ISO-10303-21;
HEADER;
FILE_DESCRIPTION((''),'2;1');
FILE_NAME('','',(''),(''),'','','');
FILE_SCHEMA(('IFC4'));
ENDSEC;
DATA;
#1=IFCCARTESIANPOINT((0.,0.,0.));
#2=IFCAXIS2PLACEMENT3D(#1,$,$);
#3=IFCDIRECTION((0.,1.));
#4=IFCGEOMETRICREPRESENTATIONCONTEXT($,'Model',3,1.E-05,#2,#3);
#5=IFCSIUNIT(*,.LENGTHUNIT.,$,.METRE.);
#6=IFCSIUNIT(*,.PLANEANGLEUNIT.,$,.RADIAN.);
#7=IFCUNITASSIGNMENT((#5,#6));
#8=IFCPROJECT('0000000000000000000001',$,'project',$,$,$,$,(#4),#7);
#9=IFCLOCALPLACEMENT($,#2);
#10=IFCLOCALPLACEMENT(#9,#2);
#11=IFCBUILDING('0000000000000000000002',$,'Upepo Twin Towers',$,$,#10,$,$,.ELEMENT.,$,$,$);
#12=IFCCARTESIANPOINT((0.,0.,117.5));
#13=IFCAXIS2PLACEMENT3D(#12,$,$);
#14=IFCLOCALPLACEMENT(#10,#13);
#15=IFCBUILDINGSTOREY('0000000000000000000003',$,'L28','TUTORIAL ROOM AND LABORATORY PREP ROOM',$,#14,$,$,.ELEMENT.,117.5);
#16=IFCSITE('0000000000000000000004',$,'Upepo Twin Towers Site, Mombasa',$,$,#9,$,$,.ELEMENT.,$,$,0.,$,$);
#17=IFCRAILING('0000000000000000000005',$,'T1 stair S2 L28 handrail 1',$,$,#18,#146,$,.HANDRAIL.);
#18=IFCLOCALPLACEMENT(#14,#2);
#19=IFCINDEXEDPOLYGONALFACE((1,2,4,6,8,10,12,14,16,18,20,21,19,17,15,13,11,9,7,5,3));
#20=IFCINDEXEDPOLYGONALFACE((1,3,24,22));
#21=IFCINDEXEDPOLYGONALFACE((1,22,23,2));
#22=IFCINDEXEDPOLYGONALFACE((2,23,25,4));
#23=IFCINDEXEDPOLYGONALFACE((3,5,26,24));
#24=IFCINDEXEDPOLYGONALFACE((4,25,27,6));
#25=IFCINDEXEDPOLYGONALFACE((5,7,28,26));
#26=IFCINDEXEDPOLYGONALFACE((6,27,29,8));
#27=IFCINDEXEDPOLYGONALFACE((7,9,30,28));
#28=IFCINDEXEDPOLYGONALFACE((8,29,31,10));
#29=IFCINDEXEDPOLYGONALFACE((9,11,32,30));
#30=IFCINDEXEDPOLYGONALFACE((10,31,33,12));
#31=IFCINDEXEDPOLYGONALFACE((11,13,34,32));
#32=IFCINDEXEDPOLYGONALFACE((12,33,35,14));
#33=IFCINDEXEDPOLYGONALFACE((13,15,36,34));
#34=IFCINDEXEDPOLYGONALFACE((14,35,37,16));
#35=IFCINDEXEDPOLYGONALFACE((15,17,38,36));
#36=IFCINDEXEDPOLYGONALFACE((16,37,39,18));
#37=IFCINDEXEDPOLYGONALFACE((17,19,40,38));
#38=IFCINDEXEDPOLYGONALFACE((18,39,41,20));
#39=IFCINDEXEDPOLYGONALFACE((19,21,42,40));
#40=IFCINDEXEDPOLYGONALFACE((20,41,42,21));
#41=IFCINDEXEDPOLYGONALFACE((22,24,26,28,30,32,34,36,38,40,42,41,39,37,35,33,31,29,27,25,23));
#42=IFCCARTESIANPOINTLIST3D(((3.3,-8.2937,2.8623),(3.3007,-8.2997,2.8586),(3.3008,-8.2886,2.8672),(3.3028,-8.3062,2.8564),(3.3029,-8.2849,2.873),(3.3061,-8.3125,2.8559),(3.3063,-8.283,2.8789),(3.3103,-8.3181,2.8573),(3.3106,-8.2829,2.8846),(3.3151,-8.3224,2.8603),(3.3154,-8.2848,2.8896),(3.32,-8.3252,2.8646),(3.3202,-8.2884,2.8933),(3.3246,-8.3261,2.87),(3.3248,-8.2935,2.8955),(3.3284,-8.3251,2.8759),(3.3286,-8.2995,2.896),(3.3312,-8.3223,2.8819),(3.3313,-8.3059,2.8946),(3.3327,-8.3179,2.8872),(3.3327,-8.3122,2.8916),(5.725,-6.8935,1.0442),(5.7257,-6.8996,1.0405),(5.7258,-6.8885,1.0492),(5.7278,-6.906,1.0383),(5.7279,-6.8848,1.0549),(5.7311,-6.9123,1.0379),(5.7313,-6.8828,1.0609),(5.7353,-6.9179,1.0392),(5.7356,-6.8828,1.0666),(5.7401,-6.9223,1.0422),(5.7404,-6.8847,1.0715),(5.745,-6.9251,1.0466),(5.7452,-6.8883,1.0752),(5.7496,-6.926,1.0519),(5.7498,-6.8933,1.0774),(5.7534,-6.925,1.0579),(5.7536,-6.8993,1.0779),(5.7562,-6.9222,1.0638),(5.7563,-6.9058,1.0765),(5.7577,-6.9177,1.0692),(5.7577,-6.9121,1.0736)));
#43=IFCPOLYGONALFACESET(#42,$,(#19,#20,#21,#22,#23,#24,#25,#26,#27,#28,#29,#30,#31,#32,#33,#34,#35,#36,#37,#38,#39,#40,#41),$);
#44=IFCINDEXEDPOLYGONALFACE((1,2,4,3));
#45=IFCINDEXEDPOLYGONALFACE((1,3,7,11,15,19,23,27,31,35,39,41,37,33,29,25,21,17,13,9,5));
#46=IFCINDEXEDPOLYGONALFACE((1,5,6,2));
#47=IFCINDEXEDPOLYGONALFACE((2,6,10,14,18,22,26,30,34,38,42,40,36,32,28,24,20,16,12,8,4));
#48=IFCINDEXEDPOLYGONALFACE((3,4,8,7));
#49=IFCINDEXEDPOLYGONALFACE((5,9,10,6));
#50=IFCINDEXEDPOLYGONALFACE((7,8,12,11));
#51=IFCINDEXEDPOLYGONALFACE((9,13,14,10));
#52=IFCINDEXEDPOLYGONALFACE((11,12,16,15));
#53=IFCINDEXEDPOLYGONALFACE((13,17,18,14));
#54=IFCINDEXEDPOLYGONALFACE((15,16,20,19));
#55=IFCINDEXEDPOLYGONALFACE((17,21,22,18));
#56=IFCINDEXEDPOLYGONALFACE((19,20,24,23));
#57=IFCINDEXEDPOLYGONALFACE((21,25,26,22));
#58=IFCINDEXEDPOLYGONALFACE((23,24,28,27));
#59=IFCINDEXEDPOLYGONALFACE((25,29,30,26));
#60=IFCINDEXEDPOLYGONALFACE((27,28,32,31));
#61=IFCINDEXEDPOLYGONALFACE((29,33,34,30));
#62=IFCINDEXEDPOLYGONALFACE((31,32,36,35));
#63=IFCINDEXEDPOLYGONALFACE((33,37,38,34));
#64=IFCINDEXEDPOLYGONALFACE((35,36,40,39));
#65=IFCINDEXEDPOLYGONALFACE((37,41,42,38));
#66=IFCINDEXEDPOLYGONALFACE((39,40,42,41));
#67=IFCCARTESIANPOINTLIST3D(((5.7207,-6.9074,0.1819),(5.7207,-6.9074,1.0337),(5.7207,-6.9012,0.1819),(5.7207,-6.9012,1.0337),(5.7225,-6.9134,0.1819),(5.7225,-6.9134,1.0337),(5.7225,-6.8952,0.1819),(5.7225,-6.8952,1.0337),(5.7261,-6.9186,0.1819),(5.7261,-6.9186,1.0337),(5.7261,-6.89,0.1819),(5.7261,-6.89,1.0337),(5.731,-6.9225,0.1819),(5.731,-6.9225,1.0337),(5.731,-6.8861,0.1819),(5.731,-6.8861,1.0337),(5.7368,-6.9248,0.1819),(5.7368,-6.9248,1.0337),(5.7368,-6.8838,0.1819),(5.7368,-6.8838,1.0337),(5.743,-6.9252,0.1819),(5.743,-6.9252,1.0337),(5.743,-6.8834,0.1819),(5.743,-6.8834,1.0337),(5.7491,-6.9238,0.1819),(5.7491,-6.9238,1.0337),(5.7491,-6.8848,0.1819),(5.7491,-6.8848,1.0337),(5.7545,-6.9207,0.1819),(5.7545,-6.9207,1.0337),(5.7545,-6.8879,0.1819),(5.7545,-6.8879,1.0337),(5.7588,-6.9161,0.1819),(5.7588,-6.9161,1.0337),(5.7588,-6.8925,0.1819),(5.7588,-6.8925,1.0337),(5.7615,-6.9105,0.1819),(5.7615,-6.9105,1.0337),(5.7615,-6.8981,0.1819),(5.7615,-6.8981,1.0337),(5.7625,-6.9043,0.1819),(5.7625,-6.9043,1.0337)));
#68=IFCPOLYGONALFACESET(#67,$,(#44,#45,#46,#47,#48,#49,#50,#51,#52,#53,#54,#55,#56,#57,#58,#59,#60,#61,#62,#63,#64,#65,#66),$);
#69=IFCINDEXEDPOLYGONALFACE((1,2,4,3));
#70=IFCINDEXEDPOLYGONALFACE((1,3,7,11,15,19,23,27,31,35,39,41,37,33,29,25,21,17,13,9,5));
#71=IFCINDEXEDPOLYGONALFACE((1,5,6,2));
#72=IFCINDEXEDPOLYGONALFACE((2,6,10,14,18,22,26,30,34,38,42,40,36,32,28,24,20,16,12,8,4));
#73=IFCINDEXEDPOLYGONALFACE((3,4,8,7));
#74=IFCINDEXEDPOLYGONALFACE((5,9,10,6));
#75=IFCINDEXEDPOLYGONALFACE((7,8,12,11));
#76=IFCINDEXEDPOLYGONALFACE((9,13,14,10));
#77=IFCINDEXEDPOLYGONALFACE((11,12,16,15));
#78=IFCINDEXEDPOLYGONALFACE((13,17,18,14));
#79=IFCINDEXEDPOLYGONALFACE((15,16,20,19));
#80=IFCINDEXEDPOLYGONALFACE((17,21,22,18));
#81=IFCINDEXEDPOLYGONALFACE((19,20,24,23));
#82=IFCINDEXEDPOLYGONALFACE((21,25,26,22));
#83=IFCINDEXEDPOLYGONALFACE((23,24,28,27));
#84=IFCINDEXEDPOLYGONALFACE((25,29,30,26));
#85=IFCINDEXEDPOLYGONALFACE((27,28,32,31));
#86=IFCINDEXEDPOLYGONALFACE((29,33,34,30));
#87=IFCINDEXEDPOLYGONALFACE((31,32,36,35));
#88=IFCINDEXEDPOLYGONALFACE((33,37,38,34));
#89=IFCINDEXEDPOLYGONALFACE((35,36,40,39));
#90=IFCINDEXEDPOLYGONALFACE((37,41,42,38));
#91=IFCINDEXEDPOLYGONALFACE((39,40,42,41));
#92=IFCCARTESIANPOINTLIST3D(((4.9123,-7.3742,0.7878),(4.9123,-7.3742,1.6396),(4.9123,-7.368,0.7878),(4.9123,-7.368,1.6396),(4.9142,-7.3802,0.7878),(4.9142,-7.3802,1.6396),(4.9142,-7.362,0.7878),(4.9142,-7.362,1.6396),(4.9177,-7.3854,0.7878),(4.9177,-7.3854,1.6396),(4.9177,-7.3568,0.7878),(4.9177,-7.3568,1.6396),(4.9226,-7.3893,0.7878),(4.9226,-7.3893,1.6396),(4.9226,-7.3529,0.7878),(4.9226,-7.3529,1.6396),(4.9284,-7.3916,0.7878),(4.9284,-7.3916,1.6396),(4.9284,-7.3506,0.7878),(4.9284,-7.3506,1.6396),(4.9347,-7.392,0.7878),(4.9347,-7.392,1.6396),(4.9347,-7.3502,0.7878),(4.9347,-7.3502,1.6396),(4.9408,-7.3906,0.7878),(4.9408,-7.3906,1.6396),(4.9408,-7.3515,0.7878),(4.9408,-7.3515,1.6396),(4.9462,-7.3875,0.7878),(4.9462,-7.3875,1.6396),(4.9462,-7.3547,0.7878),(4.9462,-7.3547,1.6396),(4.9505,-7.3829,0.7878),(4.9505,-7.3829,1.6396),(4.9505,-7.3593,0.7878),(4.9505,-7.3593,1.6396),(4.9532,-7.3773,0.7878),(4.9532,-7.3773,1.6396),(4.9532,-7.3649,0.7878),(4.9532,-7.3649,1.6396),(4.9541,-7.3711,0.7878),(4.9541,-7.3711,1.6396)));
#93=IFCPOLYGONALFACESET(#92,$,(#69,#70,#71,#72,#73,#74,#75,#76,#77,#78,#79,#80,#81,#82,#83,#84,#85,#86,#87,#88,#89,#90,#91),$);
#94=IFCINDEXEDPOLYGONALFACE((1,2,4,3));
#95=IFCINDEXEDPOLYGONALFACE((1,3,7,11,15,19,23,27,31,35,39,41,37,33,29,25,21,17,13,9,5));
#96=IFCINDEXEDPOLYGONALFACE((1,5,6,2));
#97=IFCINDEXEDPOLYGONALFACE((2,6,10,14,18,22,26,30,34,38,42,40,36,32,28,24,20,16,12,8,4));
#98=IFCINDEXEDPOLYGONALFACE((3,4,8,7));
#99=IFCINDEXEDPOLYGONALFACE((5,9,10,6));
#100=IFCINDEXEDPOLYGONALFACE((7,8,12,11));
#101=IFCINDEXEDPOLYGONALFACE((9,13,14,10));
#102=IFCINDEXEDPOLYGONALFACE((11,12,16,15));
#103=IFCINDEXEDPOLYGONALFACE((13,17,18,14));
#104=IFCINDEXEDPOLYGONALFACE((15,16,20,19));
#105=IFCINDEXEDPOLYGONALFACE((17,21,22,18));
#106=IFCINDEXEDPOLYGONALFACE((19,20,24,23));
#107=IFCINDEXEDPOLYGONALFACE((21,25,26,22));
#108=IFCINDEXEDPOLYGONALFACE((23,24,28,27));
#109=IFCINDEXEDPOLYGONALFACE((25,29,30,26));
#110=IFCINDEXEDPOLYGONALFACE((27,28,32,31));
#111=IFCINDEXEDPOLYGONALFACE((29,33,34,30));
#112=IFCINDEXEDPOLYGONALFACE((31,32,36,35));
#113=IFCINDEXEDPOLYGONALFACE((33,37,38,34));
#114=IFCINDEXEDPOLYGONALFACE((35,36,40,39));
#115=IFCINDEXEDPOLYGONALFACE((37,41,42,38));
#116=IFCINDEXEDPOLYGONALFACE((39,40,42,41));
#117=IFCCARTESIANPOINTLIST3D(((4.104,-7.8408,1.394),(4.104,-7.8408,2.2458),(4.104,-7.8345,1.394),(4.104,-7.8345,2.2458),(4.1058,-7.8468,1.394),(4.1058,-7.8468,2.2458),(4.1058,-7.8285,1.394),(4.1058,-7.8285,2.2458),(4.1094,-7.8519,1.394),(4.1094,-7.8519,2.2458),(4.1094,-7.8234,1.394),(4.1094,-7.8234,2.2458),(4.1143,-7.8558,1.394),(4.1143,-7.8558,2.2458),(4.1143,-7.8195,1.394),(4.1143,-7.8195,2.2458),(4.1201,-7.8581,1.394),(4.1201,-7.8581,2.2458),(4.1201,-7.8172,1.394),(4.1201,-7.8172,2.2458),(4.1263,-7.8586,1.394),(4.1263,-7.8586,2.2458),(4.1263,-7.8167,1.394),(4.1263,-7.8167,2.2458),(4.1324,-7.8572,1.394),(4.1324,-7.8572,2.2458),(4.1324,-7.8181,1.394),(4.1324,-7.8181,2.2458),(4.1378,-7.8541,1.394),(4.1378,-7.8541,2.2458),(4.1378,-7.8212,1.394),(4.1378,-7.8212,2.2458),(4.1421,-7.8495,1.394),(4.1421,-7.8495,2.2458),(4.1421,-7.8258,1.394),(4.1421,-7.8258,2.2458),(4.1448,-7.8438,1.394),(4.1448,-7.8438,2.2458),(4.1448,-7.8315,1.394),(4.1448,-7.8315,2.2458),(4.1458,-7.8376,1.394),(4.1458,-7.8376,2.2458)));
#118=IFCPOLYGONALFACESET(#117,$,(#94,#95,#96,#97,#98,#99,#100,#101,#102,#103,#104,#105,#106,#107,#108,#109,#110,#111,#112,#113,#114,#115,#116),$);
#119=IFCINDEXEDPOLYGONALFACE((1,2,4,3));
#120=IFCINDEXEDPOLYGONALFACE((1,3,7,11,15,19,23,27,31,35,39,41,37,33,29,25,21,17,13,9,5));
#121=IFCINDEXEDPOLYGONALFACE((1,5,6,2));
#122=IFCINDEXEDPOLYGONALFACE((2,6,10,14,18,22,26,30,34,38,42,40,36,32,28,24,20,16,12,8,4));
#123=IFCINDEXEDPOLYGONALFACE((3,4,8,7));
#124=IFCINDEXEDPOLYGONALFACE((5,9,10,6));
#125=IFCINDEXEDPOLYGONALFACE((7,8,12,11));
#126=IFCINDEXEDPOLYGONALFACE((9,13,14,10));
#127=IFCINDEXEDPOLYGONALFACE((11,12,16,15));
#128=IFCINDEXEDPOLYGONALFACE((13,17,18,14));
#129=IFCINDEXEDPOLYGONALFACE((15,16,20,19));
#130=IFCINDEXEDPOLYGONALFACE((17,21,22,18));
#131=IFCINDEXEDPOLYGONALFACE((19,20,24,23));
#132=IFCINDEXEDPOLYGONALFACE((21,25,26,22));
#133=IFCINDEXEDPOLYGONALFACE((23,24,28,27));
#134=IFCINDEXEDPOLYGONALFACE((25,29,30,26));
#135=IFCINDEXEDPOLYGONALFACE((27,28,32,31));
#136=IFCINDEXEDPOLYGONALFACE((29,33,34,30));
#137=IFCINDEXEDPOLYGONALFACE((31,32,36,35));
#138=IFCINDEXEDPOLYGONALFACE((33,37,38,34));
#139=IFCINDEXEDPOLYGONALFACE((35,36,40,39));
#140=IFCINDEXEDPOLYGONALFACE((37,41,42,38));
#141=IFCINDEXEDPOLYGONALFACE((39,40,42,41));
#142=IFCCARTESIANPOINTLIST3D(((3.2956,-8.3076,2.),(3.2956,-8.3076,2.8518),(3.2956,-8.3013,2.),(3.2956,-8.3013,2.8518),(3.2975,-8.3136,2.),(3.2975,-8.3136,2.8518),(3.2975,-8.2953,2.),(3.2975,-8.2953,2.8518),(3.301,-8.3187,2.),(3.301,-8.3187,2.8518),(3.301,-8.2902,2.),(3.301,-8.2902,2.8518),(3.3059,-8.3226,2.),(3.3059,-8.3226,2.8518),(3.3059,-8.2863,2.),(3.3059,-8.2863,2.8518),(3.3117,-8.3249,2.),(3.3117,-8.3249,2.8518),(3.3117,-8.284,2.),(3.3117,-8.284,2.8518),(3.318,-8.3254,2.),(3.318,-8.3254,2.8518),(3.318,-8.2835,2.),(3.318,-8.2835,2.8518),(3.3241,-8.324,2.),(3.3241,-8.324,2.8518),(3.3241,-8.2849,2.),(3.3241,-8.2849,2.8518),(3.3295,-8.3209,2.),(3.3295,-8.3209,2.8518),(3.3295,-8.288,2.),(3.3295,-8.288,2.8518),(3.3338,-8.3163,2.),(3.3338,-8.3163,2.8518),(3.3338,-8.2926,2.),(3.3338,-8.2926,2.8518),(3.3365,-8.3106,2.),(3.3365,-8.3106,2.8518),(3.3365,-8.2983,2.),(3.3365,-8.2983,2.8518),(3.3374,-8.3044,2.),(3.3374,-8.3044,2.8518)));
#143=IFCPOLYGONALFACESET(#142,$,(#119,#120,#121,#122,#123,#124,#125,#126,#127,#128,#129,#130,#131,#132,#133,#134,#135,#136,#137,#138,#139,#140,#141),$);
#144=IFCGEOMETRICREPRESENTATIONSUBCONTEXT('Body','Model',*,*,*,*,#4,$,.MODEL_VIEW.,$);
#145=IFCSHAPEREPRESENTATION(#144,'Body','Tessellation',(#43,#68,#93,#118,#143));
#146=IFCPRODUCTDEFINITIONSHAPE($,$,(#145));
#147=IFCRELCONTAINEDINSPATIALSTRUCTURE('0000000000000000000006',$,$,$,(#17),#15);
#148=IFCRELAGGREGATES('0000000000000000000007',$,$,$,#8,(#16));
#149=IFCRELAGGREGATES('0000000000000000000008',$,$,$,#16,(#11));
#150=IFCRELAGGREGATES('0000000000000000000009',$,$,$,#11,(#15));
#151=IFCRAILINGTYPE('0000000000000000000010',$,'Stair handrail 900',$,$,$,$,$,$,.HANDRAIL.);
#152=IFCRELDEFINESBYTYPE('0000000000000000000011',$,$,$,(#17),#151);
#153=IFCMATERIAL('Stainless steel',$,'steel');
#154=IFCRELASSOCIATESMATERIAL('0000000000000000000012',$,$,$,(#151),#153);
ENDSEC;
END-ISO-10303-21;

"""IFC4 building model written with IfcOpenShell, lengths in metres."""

from ifc_helpers import new_model, si_unit, direction, frame, origin, origin_2d, place, context, subcontext, project, spatial, circle, extrude, material, type_object, element, save


model = new_model("IFC4")

# Units and contexts
model_context = context("Model", 3, precision=1e-05, world=origin(), true_north=direction((0.0, 1.0)))
body_context = subcontext(model_context, "Body", "Model", "MODEL_VIEW")
ifc_project = project(units=[si_unit("LENGTHUNIT", "METRE"), si_unit("PLANEANGLEUNIT", "RADIAN")], contexts=[model_context])

# Site, building, storey
site_placement = place(None, origin())
site = spatial("IfcSite", under=ifc_project, at=site_placement, Name="Upepo Twin Towers Site, Mombasa", CompositionType="ELEMENT", RefElevation=0.0)
building_placement = place(site_placement, origin())
building = spatial("IfcBuilding", under=site, at=building_placement, Name="Upepo Twin Towers", CompositionType="ELEMENT")
storey_placement = place(building_placement, frame((0.0, 0.0, 117.5)))
storey = spatial("IfcBuildingStorey", under=building, at=storey_placement, Name="L28", Description="TUTORIAL ROOM AND LABORATORY PREP ROOM", CompositionType="ELEMENT", Elevation=117.5)

# Railing
ifc_material_1 = material(Name="Stainless steel", Category="steel")
railing_type = type_object("IfcRailingType", Name="Stair handrail 900", PredefinedType="HANDRAIL", material=ifc_material_1)
railing_1_placement = place(storey_placement, frame((5.7415, -6.9043, 0.1819)))
element("IfcRailing", 1, at=railing_1_placement, inside=storey, type_object=railing_type, Name="T1 stair S2 L28 handrail 1", PredefinedType="HANDRAIL", context=body_context, shape_type="SweptSolid", body=[
    extrude(circle(Radius=0.0239, at=origin_2d()), frame((0.0, 0.0, 0.876), z_axis=(-0.726349, -0.419371, 0.54456), x_axis=(0.500012, -0.866019, 0.0)), (0.0, 0.0, 1.0), 3.3386),
    extrude(circle(Radius=0.021, at=origin_2d()), origin(), (0.0, 0.0, 1.0), 0.8518),
    extrude(circle(Radius=0.021, at=origin_2d()), frame((-0.8083, -0.4668, 0.606)), (0.0, 0.0, 1.0), 0.8518),
    extrude(circle(Radius=0.021, at=origin_2d()), frame((-1.6167, -0.9333, 1.2122)), (0.0, 0.0, 1.0), 0.8518),
    extrude(circle(Radius=0.021, at=origin_2d()), frame((-2.425, -1.4001, 1.8181)), (0.0, 0.0, 1.0), 0.8518),
])

save(model, "model.ifc")
